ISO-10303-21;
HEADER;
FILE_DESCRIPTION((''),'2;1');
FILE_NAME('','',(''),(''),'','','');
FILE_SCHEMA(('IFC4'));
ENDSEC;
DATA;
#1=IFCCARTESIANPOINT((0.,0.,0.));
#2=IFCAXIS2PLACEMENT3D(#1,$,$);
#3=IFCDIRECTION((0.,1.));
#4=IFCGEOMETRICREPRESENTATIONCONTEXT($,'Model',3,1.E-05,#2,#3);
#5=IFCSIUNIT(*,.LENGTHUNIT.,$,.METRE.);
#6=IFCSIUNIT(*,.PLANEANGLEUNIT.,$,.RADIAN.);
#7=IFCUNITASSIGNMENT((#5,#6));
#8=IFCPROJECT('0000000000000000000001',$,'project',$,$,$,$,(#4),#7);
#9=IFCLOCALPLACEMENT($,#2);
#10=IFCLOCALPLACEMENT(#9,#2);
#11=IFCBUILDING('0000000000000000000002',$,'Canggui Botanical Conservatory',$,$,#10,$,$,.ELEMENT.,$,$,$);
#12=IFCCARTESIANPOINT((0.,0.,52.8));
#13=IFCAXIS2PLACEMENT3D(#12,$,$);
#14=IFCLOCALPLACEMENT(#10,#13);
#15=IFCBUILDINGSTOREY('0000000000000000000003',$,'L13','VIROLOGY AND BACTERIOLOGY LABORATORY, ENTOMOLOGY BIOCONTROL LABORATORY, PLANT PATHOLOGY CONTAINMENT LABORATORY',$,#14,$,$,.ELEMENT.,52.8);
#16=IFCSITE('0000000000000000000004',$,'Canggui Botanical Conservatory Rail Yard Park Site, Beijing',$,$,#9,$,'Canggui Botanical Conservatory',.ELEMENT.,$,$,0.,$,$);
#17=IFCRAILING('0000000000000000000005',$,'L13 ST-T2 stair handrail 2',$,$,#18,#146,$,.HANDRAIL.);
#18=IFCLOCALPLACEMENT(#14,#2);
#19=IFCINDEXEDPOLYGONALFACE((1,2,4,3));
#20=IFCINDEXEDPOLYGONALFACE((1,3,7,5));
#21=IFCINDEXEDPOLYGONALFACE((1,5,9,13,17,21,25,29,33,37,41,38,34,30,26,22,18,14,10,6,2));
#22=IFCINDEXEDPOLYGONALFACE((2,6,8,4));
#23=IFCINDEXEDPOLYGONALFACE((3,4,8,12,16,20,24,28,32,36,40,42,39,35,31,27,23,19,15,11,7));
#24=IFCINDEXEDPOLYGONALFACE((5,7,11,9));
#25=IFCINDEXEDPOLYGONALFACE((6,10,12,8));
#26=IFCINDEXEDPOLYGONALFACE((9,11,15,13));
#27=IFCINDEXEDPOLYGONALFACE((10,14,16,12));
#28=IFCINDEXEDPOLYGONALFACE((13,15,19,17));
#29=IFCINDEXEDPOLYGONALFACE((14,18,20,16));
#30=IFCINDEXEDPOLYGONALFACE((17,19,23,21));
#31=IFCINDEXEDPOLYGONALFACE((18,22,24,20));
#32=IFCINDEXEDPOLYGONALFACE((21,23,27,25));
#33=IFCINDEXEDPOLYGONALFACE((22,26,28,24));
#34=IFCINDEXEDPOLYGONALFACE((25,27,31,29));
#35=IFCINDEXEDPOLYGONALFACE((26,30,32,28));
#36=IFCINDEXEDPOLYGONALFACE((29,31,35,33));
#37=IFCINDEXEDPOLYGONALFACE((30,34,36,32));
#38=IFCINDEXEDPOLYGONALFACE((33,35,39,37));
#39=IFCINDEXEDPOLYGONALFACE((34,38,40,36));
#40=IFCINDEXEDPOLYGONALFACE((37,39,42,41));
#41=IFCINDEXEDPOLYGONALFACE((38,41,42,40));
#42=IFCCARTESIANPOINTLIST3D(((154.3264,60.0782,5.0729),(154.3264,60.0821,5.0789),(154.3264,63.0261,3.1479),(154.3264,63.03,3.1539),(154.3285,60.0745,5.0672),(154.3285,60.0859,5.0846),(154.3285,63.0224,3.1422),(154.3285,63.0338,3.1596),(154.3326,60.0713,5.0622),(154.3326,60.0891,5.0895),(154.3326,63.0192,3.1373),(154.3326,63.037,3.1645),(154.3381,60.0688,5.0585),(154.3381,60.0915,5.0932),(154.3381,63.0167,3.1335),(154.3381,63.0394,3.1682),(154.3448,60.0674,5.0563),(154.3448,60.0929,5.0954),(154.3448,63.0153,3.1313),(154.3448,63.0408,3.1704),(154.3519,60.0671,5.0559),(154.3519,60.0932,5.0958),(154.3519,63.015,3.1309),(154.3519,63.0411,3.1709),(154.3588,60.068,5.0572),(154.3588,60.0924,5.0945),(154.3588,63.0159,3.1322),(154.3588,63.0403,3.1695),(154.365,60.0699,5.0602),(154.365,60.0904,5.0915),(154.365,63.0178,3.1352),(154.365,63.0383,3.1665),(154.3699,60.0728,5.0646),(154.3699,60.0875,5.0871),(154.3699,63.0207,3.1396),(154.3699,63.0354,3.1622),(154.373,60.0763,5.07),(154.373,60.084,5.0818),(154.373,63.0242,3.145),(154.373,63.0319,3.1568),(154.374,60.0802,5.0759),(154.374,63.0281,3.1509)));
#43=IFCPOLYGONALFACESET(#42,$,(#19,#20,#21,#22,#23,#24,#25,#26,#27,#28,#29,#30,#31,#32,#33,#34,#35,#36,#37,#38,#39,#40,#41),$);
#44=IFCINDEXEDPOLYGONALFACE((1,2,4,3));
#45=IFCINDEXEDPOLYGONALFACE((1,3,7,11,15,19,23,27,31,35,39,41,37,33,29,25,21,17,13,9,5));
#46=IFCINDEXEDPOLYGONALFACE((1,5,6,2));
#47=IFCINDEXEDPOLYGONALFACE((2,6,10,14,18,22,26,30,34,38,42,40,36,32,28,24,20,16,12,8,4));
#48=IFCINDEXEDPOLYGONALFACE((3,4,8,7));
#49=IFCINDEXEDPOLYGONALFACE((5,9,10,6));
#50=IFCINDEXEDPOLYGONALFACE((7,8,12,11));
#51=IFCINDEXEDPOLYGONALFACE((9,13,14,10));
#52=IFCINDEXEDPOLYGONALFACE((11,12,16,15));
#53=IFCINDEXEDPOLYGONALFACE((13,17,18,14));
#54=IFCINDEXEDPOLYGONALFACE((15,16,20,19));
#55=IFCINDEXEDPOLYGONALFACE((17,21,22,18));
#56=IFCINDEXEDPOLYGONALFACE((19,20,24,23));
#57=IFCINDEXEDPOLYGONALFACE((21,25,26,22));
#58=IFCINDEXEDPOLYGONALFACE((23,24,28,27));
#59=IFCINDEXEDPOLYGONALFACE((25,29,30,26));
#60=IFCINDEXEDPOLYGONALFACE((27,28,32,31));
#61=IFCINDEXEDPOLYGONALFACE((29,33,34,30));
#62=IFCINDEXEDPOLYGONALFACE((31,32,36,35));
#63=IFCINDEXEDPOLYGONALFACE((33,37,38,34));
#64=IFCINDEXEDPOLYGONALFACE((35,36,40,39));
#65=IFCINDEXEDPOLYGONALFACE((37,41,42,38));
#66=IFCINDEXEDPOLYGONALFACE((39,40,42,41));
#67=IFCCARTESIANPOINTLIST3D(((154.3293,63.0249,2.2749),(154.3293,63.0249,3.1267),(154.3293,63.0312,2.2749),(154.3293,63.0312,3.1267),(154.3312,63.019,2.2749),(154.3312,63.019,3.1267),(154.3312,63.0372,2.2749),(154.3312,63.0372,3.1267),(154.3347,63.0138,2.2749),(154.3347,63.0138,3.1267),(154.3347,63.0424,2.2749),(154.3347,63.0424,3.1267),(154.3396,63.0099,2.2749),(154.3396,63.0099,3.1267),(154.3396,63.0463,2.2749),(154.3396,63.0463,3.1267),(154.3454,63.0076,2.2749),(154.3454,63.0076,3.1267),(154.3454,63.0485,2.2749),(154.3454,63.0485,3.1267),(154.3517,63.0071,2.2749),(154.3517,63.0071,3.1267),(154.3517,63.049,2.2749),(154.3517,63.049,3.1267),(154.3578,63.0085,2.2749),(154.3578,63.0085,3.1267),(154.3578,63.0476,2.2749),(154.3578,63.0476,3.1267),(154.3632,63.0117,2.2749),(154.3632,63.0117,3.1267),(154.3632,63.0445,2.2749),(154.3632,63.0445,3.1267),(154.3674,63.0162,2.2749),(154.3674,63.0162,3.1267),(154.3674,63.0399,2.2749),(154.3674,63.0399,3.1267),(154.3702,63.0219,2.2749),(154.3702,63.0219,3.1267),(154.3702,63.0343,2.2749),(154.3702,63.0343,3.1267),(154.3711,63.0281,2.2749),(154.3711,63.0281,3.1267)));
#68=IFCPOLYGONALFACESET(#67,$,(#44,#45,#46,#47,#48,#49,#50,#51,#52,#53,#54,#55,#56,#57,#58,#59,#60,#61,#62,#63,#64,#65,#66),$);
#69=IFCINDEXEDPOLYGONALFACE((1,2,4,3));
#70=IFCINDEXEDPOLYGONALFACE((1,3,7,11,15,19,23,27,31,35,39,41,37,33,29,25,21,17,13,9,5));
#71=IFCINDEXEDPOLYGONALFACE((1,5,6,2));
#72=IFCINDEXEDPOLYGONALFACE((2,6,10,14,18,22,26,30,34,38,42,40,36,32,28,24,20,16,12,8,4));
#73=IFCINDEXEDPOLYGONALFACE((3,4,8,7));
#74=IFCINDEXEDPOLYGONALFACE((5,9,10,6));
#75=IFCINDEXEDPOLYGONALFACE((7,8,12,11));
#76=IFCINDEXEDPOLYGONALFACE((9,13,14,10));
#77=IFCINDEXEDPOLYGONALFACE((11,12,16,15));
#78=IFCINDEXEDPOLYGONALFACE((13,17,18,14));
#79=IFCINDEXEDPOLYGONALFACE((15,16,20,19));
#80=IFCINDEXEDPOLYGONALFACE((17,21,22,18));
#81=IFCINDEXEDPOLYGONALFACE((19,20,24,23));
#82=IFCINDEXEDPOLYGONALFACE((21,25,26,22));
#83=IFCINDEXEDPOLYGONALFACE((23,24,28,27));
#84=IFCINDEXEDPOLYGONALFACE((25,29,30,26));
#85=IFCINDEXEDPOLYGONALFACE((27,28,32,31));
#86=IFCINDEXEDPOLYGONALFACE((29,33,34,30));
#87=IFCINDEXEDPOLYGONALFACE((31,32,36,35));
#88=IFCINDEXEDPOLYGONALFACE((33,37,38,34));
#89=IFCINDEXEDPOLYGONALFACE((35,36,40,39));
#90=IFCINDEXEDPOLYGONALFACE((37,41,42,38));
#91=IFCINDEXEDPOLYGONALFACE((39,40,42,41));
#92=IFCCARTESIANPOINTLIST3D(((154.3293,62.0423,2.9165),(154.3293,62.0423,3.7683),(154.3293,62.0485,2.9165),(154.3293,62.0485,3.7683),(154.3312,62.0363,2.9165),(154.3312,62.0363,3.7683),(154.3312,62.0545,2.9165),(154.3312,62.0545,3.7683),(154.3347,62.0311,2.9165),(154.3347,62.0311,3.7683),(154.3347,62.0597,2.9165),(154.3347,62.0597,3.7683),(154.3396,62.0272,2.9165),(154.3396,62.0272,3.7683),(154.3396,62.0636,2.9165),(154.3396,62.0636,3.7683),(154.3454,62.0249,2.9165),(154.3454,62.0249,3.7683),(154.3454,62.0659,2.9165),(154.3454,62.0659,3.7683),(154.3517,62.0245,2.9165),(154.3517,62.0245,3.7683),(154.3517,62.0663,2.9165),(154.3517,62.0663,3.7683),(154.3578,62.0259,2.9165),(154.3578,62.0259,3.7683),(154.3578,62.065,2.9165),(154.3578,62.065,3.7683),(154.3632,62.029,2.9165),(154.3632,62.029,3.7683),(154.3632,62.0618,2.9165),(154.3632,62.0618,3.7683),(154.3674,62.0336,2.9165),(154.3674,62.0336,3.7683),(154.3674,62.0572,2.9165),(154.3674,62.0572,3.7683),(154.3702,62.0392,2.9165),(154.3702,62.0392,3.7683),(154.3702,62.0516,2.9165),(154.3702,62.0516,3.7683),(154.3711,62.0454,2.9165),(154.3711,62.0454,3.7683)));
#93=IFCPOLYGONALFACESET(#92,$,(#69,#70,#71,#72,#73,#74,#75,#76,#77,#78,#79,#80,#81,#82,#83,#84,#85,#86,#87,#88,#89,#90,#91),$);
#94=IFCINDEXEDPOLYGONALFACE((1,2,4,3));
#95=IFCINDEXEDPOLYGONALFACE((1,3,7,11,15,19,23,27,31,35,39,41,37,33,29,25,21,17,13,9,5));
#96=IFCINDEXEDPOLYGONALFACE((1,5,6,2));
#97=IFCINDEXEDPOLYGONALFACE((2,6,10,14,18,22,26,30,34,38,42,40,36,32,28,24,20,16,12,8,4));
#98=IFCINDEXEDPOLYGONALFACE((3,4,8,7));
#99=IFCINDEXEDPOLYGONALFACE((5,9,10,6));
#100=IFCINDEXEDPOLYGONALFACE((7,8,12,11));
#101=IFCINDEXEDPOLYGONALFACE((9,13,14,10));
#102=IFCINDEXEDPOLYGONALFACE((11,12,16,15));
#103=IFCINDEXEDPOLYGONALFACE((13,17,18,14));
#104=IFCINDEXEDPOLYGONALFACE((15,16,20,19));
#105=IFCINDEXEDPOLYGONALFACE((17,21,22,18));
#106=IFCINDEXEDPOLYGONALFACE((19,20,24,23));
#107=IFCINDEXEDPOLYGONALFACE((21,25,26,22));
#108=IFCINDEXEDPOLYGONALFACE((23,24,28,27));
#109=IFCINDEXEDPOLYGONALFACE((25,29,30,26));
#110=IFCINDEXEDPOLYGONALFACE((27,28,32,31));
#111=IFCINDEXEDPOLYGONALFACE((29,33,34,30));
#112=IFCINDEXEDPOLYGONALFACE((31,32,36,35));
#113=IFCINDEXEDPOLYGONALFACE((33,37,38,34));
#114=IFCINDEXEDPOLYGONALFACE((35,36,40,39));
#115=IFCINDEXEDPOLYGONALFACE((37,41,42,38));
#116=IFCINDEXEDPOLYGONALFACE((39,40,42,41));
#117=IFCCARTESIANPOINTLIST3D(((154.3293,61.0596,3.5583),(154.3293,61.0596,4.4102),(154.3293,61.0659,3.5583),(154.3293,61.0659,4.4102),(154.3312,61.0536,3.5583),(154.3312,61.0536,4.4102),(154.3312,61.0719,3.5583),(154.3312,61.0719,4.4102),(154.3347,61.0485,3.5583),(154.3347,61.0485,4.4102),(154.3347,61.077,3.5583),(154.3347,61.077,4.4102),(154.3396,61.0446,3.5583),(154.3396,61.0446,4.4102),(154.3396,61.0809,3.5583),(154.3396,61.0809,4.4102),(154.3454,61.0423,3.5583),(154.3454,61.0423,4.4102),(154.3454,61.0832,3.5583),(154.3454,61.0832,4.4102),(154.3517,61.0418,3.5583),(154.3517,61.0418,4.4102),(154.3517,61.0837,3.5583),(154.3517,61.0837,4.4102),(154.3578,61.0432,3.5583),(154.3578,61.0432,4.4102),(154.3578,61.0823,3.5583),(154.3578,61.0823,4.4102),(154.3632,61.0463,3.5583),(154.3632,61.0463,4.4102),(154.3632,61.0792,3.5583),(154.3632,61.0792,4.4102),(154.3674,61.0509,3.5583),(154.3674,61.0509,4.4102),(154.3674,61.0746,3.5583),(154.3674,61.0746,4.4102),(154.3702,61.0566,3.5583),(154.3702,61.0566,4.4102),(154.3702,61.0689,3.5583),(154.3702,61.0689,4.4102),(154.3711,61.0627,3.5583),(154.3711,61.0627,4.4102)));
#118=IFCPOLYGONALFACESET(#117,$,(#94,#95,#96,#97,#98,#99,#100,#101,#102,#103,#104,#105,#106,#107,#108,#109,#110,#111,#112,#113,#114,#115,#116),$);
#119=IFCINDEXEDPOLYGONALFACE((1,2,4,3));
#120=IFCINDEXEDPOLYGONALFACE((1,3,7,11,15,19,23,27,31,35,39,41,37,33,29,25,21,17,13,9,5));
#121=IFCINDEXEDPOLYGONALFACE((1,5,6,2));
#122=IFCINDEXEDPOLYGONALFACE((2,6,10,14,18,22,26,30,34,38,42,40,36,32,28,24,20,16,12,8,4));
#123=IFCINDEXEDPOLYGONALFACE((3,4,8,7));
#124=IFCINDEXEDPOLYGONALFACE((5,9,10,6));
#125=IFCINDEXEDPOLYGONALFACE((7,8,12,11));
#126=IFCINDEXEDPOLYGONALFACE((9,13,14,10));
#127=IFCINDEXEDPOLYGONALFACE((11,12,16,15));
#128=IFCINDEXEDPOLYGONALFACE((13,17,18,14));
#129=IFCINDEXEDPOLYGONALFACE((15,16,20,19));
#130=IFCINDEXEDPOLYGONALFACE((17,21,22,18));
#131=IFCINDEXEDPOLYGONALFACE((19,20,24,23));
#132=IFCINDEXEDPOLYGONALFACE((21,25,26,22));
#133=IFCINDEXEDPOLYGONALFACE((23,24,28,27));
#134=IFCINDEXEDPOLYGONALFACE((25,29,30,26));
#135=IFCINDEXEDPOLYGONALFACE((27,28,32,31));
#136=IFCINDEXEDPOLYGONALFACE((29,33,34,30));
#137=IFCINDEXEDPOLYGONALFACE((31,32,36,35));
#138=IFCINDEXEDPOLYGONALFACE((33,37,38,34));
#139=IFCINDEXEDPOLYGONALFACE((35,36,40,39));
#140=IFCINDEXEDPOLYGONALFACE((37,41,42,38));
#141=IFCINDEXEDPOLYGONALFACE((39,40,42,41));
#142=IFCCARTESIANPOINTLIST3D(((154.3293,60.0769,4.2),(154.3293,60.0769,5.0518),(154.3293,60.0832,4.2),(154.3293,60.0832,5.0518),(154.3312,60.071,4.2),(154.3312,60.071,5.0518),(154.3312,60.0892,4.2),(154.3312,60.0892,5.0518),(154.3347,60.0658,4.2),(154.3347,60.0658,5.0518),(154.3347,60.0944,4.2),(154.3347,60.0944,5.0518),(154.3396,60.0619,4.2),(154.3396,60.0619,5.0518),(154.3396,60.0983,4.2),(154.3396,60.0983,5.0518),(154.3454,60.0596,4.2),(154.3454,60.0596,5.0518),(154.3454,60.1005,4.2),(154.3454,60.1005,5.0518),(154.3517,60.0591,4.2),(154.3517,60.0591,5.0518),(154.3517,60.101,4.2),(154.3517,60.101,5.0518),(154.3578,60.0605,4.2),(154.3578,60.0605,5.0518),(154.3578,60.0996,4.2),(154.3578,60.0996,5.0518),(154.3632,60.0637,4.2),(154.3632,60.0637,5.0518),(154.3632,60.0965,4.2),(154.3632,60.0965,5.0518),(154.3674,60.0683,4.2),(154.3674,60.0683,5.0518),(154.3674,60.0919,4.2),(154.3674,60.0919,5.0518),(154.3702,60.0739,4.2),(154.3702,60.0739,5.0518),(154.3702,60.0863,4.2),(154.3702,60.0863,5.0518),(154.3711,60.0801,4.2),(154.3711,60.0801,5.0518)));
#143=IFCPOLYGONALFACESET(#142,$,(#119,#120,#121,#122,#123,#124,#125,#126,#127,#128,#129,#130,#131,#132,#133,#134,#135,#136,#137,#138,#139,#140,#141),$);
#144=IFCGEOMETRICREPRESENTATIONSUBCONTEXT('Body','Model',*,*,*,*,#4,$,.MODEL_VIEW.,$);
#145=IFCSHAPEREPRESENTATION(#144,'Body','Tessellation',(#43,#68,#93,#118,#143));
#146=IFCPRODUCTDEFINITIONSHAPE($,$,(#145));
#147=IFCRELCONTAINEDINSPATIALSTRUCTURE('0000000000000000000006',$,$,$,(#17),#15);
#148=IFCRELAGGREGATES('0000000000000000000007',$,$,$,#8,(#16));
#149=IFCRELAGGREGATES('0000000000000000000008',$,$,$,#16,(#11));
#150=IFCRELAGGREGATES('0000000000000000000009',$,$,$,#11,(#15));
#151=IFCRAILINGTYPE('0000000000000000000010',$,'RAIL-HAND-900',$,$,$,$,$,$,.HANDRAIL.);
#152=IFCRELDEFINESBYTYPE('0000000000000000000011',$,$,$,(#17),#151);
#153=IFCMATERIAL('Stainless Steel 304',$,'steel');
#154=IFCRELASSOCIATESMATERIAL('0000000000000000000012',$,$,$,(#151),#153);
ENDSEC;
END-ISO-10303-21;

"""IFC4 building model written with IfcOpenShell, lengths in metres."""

from ifc_helpers import new_model, si_unit, direction, frame, origin, origin_2d, place, context, subcontext, project, spatial, circle, extrude, material, type_object, element, save


model = new_model("IFC4")

# Units and contexts
model_context = context("Model", 3, precision=1e-05, world=origin(), true_north=direction((0.0, 1.0)))
body_context = subcontext(model_context, "Body", "Model", "MODEL_VIEW")
ifc_project = project(units=[si_unit("LENGTHUNIT", "METRE"), si_unit("PLANEANGLEUNIT", "RADIAN")], contexts=[model_context])

# Site, building, storey
site_placement = place(None, origin())
site = spatial("IfcSite", under=ifc_project, at=site_placement, Name="Canggui Botanical Conservatory Rail Yard Park Site, Beijing", LongName="Canggui Botanical Conservatory", CompositionType="ELEMENT", RefElevation=0.0)
building_placement = place(site_placement, origin())
building = spatial("IfcBuilding", under=site, at=building_placement, Name="Canggui Botanical Conservatory", CompositionType="ELEMENT")
storey_placement = place(building_placement, frame((0.0, 0.0, 52.8)))
storey = spatial("IfcBuildingStorey", under=building, at=storey_placement, Name="L13", Description="VIROLOGY AND BACTERIOLOGY LABORATORY, ENTOMOLOGY BIOCONTROL LABORATORY, PLANT PATHOLOGY CONTAINMENT LABORATORY", CompositionType="ELEMENT", Elevation=52.8)

# Railing
ifc_material_1 = material(Name="Stainless Steel 304", Category="steel")
railing_type_1 = type_object("IfcRailingType", Name="RAIL-HAND-900", PredefinedType="HANDRAIL", material=ifc_material_1)
railing_1_placement = place(storey_placement, frame((154.3501, 63.0281, 2.2749)))
element("IfcRailing", 1, at=railing_1_placement, inside=storey, type_object=railing_type_1, Name="L13 ST-T2 stair handrail 2", PredefinedType="HANDRAIL", context=body_context, shape_type="SweptSolid", body=[
    extrude(circle(Radius=0.0239, at=origin_2d()), frame((0.0, 0.0, 0.876), z_axis=(0.0, -0.837293, 0.546754), x_axis=(1.0, 0.0, 0.0)), (0.0, 0.0, 1.0), 3.5208),
    extrude(circle(Radius=0.021, at=origin_2d()), origin(), (0.0, 0.0, 1.0), 0.8518),
    extrude(circle(Radius=0.021, at=origin_2d()), frame((0.0, -0.9827, 0.6416)), (0.0, 0.0, 1.0), 0.8518),
    extrude(circle(Radius=0.021, at=origin_2d()), frame((0.0, -1.9653, 1.2834)), (0.0, 0.0, 1.0), 0.8518),
    extrude(circle(Radius=0.021, at=origin_2d()), frame((0.0, -2.948, 1.925)), (0.0, 0.0, 1.0), 0.8518),
])

save(model, "model.ifc")
